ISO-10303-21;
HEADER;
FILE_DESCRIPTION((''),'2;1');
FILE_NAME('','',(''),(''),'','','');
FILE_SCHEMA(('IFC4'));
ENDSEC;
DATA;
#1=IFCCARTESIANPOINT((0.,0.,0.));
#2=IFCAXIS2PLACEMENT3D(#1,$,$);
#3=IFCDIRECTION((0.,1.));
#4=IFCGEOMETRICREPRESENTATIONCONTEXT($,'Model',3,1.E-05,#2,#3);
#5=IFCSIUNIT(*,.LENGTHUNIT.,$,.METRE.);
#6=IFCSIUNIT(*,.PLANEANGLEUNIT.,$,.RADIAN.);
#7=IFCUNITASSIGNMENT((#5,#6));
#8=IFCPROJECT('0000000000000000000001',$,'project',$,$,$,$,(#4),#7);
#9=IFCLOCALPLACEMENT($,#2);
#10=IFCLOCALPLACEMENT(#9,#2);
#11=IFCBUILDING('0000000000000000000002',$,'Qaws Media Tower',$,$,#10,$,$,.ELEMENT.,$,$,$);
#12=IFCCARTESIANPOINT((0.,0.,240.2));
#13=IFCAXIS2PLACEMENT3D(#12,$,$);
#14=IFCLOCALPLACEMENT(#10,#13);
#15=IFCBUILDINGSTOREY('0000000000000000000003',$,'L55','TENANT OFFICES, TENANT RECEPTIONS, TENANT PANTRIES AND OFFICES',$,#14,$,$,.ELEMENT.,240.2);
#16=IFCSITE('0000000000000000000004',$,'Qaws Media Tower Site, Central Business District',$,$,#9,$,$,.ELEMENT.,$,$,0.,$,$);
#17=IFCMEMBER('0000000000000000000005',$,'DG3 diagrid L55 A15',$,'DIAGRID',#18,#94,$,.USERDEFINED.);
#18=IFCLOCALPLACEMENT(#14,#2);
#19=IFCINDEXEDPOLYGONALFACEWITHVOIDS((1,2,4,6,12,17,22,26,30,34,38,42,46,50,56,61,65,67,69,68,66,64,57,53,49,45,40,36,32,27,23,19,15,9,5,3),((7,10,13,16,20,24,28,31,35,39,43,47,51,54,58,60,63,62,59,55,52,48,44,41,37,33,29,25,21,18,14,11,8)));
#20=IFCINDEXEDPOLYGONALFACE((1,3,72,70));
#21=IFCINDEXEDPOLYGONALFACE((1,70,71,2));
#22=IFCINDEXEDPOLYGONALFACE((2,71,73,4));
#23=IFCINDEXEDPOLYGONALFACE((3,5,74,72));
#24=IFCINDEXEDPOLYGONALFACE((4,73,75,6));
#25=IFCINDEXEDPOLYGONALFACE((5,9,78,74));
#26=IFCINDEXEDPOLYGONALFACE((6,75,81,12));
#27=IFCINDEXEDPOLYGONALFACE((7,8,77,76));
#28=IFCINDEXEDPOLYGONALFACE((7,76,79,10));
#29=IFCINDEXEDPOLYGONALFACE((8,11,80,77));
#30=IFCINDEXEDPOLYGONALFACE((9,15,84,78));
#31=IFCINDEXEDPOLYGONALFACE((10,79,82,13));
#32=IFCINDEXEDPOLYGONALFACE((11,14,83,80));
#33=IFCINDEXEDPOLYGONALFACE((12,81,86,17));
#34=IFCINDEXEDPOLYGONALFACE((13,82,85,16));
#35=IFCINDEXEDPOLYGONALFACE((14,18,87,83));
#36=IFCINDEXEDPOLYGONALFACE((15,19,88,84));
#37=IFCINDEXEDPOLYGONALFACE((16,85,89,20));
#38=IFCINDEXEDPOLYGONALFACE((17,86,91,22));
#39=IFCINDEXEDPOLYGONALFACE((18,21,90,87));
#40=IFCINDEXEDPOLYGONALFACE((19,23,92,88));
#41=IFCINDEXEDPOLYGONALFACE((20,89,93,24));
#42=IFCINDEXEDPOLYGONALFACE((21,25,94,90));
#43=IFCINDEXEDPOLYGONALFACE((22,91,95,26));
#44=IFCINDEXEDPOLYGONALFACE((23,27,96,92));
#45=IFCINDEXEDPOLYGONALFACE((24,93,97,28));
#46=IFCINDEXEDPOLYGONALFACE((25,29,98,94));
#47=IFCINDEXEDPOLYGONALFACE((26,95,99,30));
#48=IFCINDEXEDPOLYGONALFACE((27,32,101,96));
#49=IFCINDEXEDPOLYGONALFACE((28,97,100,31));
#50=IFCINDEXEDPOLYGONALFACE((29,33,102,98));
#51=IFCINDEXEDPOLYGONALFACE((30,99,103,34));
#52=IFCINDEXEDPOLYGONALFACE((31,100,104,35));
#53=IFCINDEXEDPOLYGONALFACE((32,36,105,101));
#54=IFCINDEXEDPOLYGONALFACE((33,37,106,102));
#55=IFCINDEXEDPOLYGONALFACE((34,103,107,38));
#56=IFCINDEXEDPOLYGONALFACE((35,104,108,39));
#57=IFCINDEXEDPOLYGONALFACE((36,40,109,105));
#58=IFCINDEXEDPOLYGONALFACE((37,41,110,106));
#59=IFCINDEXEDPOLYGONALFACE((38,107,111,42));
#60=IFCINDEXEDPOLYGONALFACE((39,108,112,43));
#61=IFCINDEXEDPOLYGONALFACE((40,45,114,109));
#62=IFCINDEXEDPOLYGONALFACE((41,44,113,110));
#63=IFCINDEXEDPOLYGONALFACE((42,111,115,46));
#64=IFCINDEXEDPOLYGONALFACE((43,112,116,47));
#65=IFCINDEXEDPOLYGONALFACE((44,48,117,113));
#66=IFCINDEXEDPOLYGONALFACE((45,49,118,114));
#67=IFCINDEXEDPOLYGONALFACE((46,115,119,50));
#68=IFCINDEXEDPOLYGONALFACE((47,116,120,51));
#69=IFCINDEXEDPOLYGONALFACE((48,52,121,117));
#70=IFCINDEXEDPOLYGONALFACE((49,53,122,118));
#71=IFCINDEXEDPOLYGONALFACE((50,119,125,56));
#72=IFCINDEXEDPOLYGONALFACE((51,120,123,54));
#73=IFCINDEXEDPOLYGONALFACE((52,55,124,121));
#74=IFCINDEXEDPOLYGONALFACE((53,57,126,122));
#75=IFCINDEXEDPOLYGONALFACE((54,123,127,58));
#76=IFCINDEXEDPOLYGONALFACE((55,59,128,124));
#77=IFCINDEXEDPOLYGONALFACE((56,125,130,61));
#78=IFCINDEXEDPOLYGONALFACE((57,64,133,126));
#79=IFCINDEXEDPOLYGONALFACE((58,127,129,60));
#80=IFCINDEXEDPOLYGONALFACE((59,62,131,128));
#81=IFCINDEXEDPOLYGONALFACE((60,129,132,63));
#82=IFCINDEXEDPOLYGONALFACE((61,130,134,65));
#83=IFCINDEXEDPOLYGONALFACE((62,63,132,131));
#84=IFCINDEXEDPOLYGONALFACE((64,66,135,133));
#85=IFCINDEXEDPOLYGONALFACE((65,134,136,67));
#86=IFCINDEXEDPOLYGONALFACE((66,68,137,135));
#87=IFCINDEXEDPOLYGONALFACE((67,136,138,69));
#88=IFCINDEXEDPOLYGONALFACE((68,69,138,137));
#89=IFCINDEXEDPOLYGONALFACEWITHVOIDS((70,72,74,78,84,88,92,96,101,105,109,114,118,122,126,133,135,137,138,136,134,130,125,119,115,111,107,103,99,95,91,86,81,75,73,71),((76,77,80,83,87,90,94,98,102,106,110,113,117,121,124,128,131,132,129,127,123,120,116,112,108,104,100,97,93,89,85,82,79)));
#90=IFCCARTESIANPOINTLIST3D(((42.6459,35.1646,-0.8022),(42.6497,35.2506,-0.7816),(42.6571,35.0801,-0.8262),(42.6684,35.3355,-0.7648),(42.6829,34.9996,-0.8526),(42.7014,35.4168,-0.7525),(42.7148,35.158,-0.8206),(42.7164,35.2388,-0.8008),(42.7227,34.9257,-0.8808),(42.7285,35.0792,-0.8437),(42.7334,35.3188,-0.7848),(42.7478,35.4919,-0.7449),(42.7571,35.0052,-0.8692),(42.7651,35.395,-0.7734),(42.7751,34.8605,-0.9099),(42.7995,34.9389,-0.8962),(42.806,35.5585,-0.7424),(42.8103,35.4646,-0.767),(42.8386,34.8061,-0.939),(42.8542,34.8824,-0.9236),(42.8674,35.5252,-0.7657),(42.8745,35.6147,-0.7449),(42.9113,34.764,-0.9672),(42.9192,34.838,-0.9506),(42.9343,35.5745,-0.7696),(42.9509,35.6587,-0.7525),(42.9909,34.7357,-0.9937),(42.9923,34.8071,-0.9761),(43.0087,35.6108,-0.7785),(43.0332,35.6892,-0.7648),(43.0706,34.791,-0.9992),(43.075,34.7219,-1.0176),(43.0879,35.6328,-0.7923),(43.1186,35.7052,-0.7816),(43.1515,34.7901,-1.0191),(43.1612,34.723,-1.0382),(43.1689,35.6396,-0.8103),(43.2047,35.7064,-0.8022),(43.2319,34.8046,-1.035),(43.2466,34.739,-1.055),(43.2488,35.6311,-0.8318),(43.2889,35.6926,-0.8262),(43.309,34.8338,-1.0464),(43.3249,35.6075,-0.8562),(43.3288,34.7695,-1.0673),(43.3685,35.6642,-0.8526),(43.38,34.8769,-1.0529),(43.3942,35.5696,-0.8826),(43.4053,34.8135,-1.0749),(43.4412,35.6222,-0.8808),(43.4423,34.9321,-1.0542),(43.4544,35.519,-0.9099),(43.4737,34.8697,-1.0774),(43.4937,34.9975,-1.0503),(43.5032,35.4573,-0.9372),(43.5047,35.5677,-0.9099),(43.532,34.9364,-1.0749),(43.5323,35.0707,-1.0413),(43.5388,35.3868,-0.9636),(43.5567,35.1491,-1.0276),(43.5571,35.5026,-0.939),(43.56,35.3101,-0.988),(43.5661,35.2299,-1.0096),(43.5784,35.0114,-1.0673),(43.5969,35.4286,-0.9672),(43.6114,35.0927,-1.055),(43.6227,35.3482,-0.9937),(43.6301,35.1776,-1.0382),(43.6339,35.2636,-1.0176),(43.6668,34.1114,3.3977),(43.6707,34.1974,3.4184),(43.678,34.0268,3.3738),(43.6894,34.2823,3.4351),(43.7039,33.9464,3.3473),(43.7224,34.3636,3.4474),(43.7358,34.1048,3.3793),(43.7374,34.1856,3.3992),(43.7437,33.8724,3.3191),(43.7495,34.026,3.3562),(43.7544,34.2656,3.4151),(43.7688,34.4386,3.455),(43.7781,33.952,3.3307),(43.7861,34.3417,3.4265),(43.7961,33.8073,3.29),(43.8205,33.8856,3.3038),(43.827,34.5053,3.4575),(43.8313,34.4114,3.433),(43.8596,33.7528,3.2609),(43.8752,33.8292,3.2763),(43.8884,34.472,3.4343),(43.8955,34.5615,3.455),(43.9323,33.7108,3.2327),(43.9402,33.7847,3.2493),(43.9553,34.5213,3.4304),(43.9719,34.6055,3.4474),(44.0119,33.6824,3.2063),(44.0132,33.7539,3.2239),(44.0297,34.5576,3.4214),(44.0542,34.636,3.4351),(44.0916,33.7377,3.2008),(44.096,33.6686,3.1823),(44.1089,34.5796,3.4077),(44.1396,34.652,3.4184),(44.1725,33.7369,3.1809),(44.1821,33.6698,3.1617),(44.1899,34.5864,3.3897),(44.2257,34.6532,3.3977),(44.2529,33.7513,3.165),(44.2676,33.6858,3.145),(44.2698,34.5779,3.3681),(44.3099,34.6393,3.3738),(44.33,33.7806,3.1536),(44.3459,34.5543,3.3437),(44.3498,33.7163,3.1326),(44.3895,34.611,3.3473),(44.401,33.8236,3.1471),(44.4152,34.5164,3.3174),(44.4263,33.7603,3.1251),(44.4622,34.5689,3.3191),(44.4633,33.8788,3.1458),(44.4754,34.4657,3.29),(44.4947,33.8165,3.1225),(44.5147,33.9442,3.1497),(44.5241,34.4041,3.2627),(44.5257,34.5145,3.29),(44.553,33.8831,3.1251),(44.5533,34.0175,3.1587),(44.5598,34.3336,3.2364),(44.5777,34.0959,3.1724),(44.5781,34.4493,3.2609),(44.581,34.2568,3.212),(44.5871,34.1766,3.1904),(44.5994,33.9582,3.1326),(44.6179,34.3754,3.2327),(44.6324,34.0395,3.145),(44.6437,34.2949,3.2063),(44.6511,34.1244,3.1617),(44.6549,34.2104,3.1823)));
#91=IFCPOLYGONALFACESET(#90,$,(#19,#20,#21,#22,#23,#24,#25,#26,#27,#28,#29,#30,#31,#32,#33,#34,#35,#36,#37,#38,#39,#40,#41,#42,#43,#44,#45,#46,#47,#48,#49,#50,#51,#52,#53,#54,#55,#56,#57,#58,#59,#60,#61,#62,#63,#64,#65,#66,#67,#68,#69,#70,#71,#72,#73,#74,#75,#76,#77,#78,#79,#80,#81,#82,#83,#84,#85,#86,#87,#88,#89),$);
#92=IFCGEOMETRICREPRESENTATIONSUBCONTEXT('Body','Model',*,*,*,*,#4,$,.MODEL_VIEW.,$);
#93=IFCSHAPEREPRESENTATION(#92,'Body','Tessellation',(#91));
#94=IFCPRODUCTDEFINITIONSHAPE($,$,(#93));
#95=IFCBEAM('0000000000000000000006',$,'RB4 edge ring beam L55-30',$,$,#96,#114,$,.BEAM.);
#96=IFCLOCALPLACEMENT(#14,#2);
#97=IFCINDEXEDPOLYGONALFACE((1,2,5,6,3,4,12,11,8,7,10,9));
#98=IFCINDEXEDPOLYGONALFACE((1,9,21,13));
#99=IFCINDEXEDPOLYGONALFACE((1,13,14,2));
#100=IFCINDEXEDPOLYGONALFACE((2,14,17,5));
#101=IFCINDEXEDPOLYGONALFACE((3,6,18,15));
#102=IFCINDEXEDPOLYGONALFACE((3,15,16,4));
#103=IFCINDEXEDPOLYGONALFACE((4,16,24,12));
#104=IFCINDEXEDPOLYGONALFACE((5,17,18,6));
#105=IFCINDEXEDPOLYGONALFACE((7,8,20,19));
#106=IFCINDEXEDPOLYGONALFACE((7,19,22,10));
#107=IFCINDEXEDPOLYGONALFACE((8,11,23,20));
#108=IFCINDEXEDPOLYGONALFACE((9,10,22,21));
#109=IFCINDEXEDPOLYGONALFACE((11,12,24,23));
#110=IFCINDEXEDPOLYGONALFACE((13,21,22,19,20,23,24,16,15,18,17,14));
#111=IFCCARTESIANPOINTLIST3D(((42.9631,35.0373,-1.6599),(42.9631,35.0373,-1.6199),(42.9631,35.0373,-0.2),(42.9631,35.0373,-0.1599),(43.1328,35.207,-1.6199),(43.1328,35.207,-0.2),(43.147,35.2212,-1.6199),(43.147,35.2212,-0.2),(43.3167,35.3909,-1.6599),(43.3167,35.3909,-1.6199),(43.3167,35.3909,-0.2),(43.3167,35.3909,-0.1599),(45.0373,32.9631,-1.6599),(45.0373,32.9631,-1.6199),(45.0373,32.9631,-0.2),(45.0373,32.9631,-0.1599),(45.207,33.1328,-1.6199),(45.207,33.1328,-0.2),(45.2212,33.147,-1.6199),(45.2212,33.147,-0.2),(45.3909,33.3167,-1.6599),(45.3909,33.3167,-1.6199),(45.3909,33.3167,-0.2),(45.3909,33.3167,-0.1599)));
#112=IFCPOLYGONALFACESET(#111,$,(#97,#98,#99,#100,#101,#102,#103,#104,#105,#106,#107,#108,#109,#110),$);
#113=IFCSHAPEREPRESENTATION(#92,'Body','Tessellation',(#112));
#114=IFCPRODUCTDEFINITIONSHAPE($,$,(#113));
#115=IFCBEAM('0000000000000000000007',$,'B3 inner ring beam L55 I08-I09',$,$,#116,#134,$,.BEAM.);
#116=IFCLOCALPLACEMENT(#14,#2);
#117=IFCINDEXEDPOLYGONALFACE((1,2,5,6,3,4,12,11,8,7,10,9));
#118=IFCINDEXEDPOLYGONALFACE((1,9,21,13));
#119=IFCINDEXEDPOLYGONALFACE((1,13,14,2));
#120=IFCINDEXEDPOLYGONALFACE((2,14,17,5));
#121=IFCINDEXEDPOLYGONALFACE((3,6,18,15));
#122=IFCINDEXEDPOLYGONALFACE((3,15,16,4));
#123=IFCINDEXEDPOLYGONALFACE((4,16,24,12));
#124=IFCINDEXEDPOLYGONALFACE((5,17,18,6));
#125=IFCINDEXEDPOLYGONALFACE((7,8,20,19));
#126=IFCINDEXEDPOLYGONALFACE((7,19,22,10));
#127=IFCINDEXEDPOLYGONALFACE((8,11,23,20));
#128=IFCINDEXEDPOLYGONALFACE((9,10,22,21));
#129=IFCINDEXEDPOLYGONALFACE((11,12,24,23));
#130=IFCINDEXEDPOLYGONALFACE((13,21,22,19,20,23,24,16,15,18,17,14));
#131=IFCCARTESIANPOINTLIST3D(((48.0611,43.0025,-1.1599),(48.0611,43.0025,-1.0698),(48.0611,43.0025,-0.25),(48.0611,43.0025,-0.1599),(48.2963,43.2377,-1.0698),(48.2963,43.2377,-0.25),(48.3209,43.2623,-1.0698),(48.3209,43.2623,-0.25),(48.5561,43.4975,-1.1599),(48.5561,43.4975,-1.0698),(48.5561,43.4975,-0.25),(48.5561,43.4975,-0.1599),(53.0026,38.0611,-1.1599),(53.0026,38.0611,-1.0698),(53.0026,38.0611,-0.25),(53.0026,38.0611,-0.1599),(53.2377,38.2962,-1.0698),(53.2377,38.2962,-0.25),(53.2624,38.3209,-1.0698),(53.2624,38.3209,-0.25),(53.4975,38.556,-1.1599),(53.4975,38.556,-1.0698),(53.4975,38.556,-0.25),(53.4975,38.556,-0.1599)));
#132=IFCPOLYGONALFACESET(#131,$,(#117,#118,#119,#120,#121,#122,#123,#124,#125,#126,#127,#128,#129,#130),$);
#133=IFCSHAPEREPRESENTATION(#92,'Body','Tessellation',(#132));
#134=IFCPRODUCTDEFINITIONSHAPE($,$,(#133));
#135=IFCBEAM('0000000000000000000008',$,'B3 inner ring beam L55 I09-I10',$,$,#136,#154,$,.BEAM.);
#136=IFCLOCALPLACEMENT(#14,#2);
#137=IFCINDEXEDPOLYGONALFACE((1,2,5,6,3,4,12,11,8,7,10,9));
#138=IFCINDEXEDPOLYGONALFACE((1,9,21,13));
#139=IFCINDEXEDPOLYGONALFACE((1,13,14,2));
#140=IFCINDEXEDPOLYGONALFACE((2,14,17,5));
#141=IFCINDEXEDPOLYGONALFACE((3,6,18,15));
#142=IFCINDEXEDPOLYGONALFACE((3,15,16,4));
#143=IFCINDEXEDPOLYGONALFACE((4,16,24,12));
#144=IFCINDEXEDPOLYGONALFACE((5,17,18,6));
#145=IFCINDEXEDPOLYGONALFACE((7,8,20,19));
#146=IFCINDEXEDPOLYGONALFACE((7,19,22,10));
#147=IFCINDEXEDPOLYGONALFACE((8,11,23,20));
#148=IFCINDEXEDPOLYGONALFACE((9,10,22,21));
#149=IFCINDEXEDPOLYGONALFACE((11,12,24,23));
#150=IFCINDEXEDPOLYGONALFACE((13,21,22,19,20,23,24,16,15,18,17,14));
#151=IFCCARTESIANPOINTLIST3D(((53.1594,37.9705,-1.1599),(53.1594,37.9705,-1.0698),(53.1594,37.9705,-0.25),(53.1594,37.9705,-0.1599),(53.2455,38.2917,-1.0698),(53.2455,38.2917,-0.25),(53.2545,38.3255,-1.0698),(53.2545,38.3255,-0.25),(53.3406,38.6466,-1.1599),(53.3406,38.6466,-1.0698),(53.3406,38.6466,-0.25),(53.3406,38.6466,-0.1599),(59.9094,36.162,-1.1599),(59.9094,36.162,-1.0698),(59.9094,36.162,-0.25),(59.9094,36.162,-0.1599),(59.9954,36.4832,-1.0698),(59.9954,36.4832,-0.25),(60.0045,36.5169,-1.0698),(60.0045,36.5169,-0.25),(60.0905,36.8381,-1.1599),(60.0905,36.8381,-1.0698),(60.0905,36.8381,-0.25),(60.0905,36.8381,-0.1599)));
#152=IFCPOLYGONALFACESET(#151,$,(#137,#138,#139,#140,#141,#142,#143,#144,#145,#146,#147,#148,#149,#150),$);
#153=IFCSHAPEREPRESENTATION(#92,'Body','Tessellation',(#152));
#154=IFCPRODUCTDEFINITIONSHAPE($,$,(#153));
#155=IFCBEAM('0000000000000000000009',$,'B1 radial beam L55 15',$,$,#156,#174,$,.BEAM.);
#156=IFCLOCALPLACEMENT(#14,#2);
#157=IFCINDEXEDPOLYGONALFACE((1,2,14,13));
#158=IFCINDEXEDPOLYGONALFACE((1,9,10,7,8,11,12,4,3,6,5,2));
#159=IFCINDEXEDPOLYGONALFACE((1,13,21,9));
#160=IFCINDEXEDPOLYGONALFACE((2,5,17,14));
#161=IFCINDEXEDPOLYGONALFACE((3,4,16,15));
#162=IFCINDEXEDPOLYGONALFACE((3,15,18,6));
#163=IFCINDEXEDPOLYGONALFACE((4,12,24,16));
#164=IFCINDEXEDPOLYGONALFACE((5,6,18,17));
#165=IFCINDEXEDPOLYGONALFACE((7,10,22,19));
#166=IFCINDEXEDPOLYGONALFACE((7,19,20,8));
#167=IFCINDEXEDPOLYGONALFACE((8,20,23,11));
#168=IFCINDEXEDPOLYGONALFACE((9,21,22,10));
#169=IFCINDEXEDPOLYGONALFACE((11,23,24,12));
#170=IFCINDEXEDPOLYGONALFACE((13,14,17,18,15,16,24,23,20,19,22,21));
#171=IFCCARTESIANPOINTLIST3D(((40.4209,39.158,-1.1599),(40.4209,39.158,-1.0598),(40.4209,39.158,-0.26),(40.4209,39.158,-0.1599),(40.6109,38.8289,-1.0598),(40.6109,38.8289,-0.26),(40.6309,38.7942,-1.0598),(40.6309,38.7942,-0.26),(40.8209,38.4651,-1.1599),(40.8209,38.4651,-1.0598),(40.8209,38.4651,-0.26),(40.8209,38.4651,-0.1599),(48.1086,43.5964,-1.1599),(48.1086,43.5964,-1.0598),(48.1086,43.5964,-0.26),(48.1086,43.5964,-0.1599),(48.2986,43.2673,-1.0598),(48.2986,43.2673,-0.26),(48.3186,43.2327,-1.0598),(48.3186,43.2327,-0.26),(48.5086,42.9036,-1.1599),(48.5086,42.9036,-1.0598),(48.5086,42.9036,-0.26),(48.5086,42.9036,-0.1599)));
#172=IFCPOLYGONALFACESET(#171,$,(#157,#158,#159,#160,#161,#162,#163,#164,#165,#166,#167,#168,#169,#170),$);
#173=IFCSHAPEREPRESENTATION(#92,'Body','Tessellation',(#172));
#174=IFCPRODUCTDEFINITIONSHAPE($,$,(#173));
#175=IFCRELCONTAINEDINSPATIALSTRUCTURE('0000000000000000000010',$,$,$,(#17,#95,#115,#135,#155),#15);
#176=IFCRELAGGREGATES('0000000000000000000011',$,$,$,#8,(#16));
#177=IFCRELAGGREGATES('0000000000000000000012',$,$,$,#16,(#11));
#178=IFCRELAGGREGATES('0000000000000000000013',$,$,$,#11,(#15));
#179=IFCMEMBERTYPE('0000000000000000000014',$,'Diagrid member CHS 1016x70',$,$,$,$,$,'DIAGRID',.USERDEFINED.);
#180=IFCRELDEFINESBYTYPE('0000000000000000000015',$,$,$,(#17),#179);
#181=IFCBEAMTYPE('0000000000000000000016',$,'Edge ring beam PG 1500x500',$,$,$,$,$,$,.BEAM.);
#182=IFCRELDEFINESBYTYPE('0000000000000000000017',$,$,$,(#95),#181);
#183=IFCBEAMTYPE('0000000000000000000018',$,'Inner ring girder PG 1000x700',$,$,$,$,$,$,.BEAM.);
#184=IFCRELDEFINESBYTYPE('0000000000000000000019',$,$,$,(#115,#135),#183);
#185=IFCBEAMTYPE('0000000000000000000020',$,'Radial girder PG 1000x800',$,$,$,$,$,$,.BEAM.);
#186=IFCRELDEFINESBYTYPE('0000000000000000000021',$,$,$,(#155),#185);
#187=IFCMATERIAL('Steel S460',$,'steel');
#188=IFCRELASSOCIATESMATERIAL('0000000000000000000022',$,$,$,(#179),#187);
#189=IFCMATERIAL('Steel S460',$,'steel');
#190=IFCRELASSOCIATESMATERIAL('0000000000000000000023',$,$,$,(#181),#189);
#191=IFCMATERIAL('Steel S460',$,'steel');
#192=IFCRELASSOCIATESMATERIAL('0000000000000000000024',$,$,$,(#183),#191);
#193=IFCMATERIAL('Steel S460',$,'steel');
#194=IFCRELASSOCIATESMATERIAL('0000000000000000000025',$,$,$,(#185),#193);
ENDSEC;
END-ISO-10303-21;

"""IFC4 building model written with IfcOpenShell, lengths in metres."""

from ifc_helpers import new_model, si_unit, direction, frame, origin, origin_2d, place, context, subcontext, project, spatial, hollow_circle, i_section, extrude, material, material_profile, profile_set, type_object, element, save


model = new_model("IFC4")

# Units and contexts
model_context = context("Model", 3, precision=1e-05, world=origin(), true_north=direction((0.0, 1.0)))
body_context = subcontext(model_context, "Body", "Model", "MODEL_VIEW")
ifc_project = project(units=[si_unit("LENGTHUNIT", "METRE"), si_unit("PLANEANGLEUNIT", "RADIAN")], contexts=[model_context])

# Site, building, storey
site_placement = place(None, origin())
site = spatial("IfcSite", under=ifc_project, at=site_placement, Name="Qaws Media Tower Site, Central Business District", CompositionType="ELEMENT", RefElevation=0.0)
building_placement = place(site_placement, origin())
building = spatial("IfcBuilding", under=site, at=building_placement, Name="Qaws Media Tower", CompositionType="ELEMENT")
storey_placement = place(building_placement, frame((0.0, 0.0, 240.2)))
storey = spatial("IfcBuildingStorey", under=building, at=storey_placement, Name="L55", Description="TENANT OFFICES, TENANT RECEPTIONS, TENANT PANTRIES AND OFFICES", CompositionType="ELEMENT", Elevation=240.2)

# Member
ifc_material_1 = material(Name="Steel S460", Category="steel")
ifc_material_profile_1 = material_profile(ifc_material_1, hollow_circle(Radius=0.5081, WallThickness=0.0701, at=origin_2d()), Name="CHS 1016x70")
ifc_profile_set_1 = profile_set([ifc_material_profile_1], Name="Steel S460")
member_type_1 = type_object("IfcMemberType", Name="Diagrid member CHS 1016x70", ElementType="DIAGRID", PredefinedType="USERDEFINED", material=ifc_profile_set_1)
member_1_placement = place(storey_placement, frame((43.1399, 35.2141, -0.9099), z_axis=(0.229502, -0.236746, 0.944076), x_axis=(0.718006, 0.696037, 0.0)))
element("IfcMember", 1, at=member_1_placement, inside=storey, type_object=member_type_1, Name="DG3 diagrid L55 A15", ObjectType="DIAGRID", PredefinedType="USERDEFINED", context=body_context, shape_type="SweptSolid", body=[
    extrude(hollow_circle(Radius=0.5081, WallThickness=0.0701, at=origin_2d()), origin(), (0.0, 0.0, 1.0), 4.4487),
])

# Beams
ifc_material_2 = material(Name="Steel S460", Category="steel")
ifc_material_profile_2 = material_profile(ifc_material_2, i_section(OverallWidth=0.5, OverallDepth=1.5, WebThickness=0.02, FlangeThickness=0.04, at=origin_2d()), Name="PG 1500x500")
ifc_profile_set_2 = profile_set([ifc_material_profile_2], Name="Steel S460")
beam_type_1 = type_object("IfcBeamType", Name="Edge ring beam PG 1500x500", PredefinedType="BEAM", material=ifc_profile_set_2)
beam_1_placement = place(storey_placement, frame((43.1399, 35.2141, -0.9099), z_axis=(0.707107, -0.707107, 0.0), x_axis=(0.707107, 0.707107, 0.0)))
element("IfcBeam", 2, at=beam_1_placement, inside=storey, type_object=beam_type_1, Name="RB4 edge ring beam L55-30", PredefinedType="BEAM", context=body_context, shape_type="SweptSolid", body=[
    extrude(i_section(OverallWidth=0.5, OverallDepth=1.5, WebThickness=0.02, FlangeThickness=0.04, at=origin_2d()), origin(), (0.0, 0.0, 1.0), 2.9333),
])
ifc_material_3 = material(Name="Steel S460", Category="steel")
ifc_material_profile_3 = material_profile(ifc_material_3, i_section(OverallWidth=0.7, OverallDepth=1.0, WebThickness=0.0349, FlangeThickness=0.0901, at=origin_2d()), Name="PG 1000x700")
ifc_profile_set_3 = profile_set([ifc_material_profile_3], Name="Steel S460")
beam_type_2 = type_object("IfcBeamType", Name="Inner ring girder PG 1000x700", PredefinedType="BEAM", material=ifc_profile_set_3)
beam_2_placement = place(storey_placement, frame((48.3086, 43.25, -0.6599), z_axis=(0.707107, -0.707107, 0.0), x_axis=(0.707107, 0.707107, 0.0)))
element("IfcBeam", 3, at=beam_2_placement, inside=storey, type_object=beam_type_2, Name="B3 inner ring beam L55 I08-I09", PredefinedType="BEAM", context=body_context, shape_type="SweptSolid", body=[
    extrude(i_section(OverallWidth=0.7, OverallDepth=1.0, WebThickness=0.0349, FlangeThickness=0.0901, at=origin_2d()), origin(), (0.0, 0.0, 1.0), 6.9883),
])
beam_3_placement = place(storey_placement, frame((53.25, 38.3086, -0.6599), z_axis=(0.965928, -0.258811, 0.0), x_axis=(0.258811, 0.965928, 0.0)))
element("IfcBeam", 4, at=beam_3_placement, inside=storey, type_object=beam_type_2, Name="B3 inner ring beam L55 I09-I10", PredefinedType="BEAM", context=body_context, shape_type="SweptSolid", body=[
    extrude(i_section(OverallWidth=0.7, OverallDepth=1.0, WebThickness=0.0349, FlangeThickness=0.0901, at=origin_2d()), origin(), (0.0, 0.0, 1.0), 6.988),
])
ifc_material_4 = material(Name="Steel S460", Category="steel")
ifc_material_profile_4 = material_profile(ifc_material_4, i_section(OverallWidth=0.8, OverallDepth=1.0, WebThickness=0.04, FlangeThickness=0.1001, at=origin_2d()), Name="PG 1000x800")
ifc_profile_set_4 = profile_set([ifc_material_profile_4], Name="Steel S460")
beam_type_3 = type_object("IfcBeamType", Name="Radial girder PG 1000x800", PredefinedType="BEAM", material=ifc_profile_set_4)
beam_4_placement = place(storey_placement, frame((48.3086, 43.25, -0.6599), z_axis=(-0.866028, -0.499996, 0.0), x_axis=(0.499996, -0.866028, 0.0)))
element("IfcBeam", 5, at=beam_4_placement, inside=storey, type_object=beam_type_3, Name="B1 radial beam L55 15", PredefinedType="BEAM", context=body_context, shape_type="SweptSolid", body=[
    extrude(i_section(OverallWidth=0.8, OverallDepth=1.0, WebThickness=0.04, FlangeThickness=0.1001, at=origin_2d()), origin(), (0.0, 0.0, 1.0), 8.877),
])

save(model, "model.ifc")
